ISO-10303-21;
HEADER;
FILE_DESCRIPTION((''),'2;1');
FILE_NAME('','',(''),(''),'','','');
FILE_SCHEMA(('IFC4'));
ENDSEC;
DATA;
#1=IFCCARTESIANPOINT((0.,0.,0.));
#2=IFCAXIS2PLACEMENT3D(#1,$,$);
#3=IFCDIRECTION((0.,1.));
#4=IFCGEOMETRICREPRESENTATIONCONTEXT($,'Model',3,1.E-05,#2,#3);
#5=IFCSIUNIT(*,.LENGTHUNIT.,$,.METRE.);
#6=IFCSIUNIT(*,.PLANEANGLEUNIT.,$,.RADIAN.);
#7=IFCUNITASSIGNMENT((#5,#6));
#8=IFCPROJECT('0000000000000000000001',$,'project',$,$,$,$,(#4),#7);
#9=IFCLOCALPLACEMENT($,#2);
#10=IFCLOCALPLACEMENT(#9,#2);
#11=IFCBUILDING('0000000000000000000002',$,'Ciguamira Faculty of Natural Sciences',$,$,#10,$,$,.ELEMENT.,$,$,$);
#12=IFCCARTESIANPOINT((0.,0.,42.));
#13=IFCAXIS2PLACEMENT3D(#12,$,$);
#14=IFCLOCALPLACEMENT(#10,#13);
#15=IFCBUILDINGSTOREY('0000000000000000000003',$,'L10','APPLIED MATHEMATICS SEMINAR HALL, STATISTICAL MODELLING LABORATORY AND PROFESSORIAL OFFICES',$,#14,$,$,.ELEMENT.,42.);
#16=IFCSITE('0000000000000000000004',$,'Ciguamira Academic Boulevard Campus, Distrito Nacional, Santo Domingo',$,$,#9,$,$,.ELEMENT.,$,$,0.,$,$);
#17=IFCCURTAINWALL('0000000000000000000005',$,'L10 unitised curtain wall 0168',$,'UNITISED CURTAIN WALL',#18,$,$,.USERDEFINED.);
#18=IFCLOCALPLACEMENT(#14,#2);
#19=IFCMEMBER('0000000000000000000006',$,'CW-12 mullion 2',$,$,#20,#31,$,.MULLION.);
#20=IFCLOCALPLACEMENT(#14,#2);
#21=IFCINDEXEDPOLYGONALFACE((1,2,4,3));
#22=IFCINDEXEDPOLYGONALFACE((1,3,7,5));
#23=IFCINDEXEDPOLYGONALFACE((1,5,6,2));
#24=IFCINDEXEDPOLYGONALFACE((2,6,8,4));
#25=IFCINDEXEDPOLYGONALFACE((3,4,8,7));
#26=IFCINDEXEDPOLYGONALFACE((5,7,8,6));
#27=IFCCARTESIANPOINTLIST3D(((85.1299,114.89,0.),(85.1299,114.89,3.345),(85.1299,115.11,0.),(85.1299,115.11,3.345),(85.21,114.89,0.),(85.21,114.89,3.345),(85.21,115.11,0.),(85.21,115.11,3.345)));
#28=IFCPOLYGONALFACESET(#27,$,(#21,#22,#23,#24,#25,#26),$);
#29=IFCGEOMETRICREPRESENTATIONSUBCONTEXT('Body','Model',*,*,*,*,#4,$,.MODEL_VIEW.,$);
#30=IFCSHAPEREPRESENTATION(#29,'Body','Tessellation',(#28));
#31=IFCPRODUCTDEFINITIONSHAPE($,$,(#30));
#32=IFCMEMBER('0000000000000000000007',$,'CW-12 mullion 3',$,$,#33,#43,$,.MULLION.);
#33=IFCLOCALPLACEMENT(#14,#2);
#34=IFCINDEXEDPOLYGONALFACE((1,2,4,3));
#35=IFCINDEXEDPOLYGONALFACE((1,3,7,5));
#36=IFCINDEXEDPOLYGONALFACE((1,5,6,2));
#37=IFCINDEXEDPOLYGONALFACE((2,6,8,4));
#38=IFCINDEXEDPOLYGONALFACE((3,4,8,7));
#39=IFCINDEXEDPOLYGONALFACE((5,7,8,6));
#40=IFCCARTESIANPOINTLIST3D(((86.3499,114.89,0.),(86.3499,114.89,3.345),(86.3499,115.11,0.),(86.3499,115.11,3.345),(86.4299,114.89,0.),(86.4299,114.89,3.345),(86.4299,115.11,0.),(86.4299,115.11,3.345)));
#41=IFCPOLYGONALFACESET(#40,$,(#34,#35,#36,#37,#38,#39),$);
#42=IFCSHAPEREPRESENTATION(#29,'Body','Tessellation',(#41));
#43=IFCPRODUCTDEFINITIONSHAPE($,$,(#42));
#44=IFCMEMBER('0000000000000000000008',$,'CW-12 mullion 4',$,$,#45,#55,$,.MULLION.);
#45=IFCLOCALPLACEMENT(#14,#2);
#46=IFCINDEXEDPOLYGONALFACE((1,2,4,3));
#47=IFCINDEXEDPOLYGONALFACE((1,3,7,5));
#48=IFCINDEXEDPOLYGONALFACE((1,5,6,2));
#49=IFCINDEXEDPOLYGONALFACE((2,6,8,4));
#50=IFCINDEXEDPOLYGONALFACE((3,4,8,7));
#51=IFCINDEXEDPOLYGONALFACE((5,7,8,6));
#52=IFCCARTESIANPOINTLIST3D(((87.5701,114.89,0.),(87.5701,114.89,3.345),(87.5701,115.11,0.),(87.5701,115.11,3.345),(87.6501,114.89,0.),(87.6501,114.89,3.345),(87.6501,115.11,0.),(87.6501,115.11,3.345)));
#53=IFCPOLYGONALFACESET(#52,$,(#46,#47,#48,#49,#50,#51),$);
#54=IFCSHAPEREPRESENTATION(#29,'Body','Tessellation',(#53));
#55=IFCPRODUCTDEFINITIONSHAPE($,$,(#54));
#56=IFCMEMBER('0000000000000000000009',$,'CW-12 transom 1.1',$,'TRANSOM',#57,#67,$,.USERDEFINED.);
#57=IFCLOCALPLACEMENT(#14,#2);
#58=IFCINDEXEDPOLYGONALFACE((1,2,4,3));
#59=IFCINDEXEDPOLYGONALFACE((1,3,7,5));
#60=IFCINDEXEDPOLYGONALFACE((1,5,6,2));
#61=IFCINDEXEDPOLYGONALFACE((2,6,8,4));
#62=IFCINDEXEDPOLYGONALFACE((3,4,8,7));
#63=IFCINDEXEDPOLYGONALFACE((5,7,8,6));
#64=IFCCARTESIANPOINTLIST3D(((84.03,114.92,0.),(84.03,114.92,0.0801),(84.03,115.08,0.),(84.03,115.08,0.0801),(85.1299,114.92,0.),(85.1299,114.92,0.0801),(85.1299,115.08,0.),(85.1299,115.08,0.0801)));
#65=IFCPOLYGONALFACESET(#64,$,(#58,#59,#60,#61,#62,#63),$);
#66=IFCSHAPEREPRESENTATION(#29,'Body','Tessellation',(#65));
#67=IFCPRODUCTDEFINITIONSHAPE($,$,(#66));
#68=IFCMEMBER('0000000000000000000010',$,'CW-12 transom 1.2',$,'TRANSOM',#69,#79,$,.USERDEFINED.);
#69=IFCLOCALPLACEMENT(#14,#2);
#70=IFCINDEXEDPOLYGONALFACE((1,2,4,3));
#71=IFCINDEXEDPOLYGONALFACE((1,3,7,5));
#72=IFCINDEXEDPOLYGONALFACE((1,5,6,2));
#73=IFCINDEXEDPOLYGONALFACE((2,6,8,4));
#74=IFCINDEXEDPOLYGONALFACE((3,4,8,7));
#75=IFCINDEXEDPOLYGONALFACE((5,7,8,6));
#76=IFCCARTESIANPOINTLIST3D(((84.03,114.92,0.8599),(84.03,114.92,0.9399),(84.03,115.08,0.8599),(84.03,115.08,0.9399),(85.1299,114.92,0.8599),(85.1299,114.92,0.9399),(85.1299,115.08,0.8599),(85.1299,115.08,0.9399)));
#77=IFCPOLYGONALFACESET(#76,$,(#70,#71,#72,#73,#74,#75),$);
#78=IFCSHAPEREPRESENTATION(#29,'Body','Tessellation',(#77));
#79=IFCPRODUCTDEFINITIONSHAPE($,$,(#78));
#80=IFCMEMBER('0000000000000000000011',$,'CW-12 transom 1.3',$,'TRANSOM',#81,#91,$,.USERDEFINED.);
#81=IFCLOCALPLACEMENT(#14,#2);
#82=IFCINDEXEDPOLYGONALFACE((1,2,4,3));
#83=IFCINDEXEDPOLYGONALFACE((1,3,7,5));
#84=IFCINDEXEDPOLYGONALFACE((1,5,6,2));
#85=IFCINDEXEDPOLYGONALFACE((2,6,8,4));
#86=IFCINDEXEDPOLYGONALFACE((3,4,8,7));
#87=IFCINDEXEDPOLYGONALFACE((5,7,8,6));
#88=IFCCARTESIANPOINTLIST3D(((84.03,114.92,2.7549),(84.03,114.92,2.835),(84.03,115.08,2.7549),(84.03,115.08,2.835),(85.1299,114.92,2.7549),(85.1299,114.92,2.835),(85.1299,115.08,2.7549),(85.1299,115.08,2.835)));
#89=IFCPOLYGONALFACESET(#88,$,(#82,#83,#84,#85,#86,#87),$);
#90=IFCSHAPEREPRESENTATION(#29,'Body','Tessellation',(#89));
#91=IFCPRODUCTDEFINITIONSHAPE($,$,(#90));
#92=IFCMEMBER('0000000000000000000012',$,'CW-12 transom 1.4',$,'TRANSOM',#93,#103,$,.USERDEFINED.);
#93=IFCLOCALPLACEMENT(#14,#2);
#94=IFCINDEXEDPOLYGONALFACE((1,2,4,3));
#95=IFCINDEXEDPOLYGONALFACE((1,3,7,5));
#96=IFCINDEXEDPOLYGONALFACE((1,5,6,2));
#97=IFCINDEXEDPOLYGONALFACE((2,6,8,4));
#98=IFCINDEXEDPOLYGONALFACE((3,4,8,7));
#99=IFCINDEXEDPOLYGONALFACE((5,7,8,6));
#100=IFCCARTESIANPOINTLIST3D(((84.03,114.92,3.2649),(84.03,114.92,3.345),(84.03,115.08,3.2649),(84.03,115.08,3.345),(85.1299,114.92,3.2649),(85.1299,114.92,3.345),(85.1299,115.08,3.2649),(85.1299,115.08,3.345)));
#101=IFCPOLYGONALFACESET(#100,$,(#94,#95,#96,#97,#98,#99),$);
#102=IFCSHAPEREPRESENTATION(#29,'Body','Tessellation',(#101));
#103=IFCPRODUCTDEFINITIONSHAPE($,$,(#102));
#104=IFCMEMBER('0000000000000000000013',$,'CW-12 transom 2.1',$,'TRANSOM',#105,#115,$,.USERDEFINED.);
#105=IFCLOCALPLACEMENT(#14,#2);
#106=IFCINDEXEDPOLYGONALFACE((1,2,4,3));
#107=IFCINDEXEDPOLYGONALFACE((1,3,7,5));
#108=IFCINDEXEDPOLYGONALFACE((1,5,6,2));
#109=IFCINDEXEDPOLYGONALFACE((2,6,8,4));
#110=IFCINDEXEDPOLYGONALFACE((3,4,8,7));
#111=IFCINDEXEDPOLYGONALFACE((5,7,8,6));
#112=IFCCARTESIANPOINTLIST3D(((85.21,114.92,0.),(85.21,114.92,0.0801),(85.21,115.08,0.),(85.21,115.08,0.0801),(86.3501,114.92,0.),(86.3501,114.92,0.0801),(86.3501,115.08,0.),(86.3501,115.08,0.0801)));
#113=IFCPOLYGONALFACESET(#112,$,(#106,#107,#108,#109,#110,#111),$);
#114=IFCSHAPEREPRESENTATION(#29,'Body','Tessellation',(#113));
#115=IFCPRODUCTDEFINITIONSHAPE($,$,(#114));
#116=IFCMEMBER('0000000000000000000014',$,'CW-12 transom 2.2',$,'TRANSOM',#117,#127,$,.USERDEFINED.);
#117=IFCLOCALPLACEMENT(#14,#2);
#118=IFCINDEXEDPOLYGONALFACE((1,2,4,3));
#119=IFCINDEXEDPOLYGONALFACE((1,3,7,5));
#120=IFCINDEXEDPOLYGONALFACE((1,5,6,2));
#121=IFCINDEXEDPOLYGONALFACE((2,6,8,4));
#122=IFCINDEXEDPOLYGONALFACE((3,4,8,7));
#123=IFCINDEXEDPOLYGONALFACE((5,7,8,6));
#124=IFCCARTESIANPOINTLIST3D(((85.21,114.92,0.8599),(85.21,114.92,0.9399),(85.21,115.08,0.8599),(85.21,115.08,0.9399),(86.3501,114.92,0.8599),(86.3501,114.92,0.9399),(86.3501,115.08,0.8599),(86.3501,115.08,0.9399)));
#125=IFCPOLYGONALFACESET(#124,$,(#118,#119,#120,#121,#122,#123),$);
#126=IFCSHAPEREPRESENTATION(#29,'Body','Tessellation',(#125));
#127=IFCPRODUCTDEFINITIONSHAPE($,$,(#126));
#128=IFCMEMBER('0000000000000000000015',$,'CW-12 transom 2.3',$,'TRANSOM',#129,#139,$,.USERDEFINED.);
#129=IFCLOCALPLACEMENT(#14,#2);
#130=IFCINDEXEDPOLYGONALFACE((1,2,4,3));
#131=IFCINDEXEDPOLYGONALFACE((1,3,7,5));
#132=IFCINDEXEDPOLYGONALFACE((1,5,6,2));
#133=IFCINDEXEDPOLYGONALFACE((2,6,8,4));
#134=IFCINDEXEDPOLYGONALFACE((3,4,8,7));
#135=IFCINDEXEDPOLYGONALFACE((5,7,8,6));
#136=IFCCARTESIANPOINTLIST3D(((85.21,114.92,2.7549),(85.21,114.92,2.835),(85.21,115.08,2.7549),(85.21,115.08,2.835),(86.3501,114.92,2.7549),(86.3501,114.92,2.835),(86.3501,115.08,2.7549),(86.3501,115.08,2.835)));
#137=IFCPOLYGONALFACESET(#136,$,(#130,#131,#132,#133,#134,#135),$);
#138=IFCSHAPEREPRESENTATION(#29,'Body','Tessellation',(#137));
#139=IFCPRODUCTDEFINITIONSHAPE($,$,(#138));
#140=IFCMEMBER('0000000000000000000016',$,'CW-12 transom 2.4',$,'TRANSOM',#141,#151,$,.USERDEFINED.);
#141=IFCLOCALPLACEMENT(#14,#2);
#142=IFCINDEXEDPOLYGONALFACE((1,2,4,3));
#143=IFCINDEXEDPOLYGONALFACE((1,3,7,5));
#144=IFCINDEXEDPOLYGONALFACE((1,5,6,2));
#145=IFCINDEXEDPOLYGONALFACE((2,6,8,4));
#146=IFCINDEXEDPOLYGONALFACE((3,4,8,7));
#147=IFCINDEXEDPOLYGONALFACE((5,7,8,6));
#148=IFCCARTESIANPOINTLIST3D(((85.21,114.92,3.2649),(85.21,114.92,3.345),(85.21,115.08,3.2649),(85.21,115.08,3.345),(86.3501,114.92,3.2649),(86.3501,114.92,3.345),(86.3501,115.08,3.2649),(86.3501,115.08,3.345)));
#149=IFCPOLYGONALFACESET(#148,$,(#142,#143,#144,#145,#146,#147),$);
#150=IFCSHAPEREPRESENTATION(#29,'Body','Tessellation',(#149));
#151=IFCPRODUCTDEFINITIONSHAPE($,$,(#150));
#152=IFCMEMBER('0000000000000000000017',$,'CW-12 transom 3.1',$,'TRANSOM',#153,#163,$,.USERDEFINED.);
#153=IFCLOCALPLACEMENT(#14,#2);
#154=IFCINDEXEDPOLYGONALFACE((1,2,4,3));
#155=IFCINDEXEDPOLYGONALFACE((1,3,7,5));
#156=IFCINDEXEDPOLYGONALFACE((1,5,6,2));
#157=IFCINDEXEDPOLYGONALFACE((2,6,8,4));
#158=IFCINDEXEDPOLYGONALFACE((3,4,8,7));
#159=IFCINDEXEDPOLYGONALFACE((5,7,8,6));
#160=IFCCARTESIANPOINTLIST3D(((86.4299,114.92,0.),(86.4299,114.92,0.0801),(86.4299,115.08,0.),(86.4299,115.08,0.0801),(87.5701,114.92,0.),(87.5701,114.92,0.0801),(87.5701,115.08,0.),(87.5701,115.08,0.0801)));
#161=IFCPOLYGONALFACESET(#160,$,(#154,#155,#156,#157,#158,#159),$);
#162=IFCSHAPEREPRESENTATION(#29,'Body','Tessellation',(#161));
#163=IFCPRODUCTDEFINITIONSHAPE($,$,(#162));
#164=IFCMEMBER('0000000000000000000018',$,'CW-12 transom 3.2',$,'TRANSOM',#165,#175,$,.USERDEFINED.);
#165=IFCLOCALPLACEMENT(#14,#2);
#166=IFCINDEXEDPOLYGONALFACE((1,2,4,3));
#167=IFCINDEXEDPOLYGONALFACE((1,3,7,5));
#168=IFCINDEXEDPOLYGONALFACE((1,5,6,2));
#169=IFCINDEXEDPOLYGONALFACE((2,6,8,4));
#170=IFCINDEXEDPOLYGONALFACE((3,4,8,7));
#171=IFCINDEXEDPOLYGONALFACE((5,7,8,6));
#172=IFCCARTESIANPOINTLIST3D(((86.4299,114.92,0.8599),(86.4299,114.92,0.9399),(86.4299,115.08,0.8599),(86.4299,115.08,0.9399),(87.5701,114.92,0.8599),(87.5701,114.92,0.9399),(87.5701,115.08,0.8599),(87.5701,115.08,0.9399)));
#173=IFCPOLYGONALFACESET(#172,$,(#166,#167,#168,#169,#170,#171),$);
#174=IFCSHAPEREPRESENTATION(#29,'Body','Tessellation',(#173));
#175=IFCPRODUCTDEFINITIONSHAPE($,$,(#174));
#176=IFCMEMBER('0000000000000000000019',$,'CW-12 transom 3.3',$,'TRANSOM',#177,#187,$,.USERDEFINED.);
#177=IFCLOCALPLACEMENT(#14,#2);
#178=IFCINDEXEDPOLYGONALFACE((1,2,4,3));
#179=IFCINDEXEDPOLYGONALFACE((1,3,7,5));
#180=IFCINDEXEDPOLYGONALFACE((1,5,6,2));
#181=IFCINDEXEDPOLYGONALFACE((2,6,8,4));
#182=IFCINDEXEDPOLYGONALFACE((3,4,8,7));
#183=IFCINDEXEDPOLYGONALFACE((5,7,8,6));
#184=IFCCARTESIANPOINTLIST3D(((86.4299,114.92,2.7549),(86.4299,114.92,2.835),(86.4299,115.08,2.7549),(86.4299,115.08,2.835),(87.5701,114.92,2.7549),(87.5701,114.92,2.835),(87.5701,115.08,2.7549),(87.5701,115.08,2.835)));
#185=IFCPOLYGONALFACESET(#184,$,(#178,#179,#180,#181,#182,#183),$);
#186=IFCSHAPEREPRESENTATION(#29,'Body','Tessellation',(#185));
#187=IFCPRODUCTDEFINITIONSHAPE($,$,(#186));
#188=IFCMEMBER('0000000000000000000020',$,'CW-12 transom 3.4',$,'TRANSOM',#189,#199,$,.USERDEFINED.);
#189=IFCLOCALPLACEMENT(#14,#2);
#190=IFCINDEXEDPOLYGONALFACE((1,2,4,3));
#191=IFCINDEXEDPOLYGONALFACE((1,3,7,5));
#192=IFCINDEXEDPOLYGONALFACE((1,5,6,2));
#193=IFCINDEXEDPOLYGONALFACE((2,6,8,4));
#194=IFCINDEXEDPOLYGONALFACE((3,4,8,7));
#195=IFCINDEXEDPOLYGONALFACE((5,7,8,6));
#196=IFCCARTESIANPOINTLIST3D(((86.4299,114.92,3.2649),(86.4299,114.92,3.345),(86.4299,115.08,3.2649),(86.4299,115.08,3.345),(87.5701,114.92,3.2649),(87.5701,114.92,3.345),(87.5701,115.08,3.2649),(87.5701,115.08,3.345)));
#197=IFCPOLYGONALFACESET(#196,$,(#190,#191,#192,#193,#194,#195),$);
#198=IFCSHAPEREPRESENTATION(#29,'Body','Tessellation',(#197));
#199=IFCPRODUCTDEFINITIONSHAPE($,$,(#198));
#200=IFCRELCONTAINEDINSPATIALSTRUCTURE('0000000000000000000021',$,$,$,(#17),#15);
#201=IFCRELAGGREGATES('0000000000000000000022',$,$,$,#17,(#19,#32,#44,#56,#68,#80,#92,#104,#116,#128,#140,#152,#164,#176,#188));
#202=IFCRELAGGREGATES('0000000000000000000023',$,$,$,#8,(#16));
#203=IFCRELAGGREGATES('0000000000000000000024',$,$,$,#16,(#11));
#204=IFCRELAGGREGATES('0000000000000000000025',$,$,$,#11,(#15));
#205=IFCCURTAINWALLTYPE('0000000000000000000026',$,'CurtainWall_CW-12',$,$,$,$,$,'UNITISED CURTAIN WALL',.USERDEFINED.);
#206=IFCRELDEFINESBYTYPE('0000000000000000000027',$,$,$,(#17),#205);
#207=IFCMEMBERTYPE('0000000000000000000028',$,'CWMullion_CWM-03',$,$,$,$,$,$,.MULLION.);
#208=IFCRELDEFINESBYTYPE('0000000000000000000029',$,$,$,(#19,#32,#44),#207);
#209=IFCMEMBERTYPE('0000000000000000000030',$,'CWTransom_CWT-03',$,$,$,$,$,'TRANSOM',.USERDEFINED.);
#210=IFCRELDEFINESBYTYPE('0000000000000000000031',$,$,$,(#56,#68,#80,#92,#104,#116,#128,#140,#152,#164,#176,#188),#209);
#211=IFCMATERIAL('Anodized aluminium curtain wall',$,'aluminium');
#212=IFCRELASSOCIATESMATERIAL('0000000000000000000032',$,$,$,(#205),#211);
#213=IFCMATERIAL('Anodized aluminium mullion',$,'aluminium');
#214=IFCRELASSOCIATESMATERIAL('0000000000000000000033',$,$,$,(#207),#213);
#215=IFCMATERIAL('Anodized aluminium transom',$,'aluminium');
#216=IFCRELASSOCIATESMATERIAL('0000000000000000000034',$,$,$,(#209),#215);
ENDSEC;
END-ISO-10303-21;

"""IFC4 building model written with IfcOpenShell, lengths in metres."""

from ifc_helpers import new_model, si_unit, direction, frame, origin, origin_2d, place, context, subcontext, project, spatial, rectangle, extrude, material, material_profile, profile_set, type_object, element, aggregate, save


model = new_model("IFC4")

# Units and contexts
model_context = context("Model", 3, precision=1e-05, world=origin(), true_north=direction((0.0, 1.0)))
body_context = subcontext(model_context, "Body", "Model", "MODEL_VIEW")
ifc_project = project(units=[si_unit("LENGTHUNIT", "METRE"), si_unit("PLANEANGLEUNIT", "RADIAN")], contexts=[model_context])

# Site, building, storey
site_placement = place(None, origin())
site = spatial("IfcSite", under=ifc_project, at=site_placement, Name="Ciguamira Academic Boulevard Campus, Distrito Nacional, Santo Domingo", CompositionType="ELEMENT", RefElevation=0.0)
building_placement = place(site_placement, origin())
building = spatial("IfcBuilding", under=site, at=building_placement, Name="Ciguamira Faculty of Natural Sciences", CompositionType="ELEMENT")
storey_placement = place(building_placement, frame((0.0, 0.0, 42.0)))
storey = spatial("IfcBuildingStorey", under=building, at=storey_placement, Name="L10", Description="APPLIED MATHEMATICS SEMINAR HALL, STATISTICAL MODELLING LABORATORY AND PROFESSORIAL OFFICES", CompositionType="ELEMENT", Elevation=42.0)

# Curtain wall, members
ifc_material_1 = material(Name="Anodized aluminium curtain wall", Category="aluminium")
curtain_wall_type = type_object("IfcCurtainWallType", Name="CurtainWall_CW-12", ElementType="UNITISED CURTAIN WALL", PredefinedType="USERDEFINED", material=ifc_material_1)
curtain_wall_placement = place(storey_placement, origin())
curtain_wall = element("IfcCurtainWall", 1, at=curtain_wall_placement, inside=storey, type_object=curtain_wall_type, Name="L10 unitised curtain wall 0168", ObjectType="UNITISED CURTAIN WALL", PredefinedType="USERDEFINED")
ifc_material_2 = material(Name="Anodized aluminium mullion", Category="aluminium")
ifc_material_profile_1 = material_profile(ifc_material_2, rectangle(XDim=0.0801, YDim=0.22, at=origin_2d()), Name="ALU-MUL-80X220")
ifc_profile_set_1 = profile_set([ifc_material_profile_1], Name="Anodized aluminium mullion")
member_type_1 = type_object("IfcMemberType", Name="CWMullion_CWM-03", PredefinedType="MULLION", material=ifc_profile_set_1)
member_1_placement = place(storey_placement, frame((85.1699, 115.0, 0.0), z_axis=(0.0, 0.0, 1.0), x_axis=(1.0, 0.0, 0.0)))
member_1 = element("IfcMember", 2, at=member_1_placement, type_object=member_type_1, Name="CW-12 mullion 2", PredefinedType="MULLION", context=body_context, shape_type="SweptSolid", body=[
    extrude(rectangle(XDim=0.0801, YDim=0.22, at=origin_2d()), origin(), (0.0, 0.0, 1.0), 3.345),
])
member_2_placement = place(storey_placement, frame((86.3899, 115.0, 0.0), z_axis=(0.0, 0.0, 1.0), x_axis=(1.0, 0.0, 0.0)))
member_2 = element("IfcMember", 3, at=member_2_placement, type_object=member_type_1, Name="CW-12 mullion 3", PredefinedType="MULLION", context=body_context, shape_type="SweptSolid", body=[
    extrude(rectangle(XDim=0.0801, YDim=0.22, at=origin_2d()), origin(), (0.0, 0.0, 1.0), 3.345),
])
member_3_placement = place(storey_placement, frame((87.6101, 115.0, 0.0), z_axis=(0.0, 0.0, 1.0), x_axis=(1.0, 0.0, 0.0)))
member_3 = element("IfcMember", 4, at=member_3_placement, type_object=member_type_1, Name="CW-12 mullion 4", PredefinedType="MULLION", context=body_context, shape_type="SweptSolid", body=[
    extrude(rectangle(XDim=0.0801, YDim=0.22, at=origin_2d()), origin(), (0.0, 0.0, 1.0), 3.345),
])
ifc_material_3 = material(Name="Anodized aluminium transom", Category="aluminium")
ifc_material_profile_2 = material_profile(ifc_material_3, rectangle(XDim=0.0801, YDim=0.1599, at=origin_2d()), Name="ALU-TRN-80X160")
ifc_profile_set_2 = profile_set([ifc_material_profile_2], Name="Anodized aluminium transom")
member_type_2 = type_object("IfcMemberType", Name="CWTransom_CWT-03", ElementType="TRANSOM", PredefinedType="USERDEFINED", material=ifc_profile_set_2)
member_4_placement = place(storey_placement, frame((84.03, 115.0, 0.04), z_axis=(1.0, 0.0, 0.0), x_axis=(0.0, 0.0, 1.0)))
member_4 = element("IfcMember", 5, at=member_4_placement, type_object=member_type_2, Name="CW-12 transom 1.1", ObjectType="TRANSOM", PredefinedType="USERDEFINED", context=body_context, shape_type="SweptSolid", body=[
    extrude(rectangle(XDim=0.0801, YDim=0.1599, at=origin_2d()), origin(), (0.0, 0.0, 1.0), 1.0999),
])
member_5_placement = place(storey_placement, frame((84.03, 115.0, 0.8999), z_axis=(1.0, 0.0, 0.0), x_axis=(0.0, 0.0, 1.0)))
member_5 = element("IfcMember", 6, at=member_5_placement, type_object=member_type_2, Name="CW-12 transom 1.2", ObjectType="TRANSOM", PredefinedType="USERDEFINED", context=body_context, shape_type="SweptSolid", body=[
    extrude(rectangle(XDim=0.0801, YDim=0.1599, at=origin_2d()), origin(), (0.0, 0.0, 1.0), 1.0999),
])
member_6_placement = place(storey_placement, frame((84.03, 115.0, 2.7949), z_axis=(1.0, 0.0, 0.0), x_axis=(0.0, 0.0, 1.0)))
member_6 = element("IfcMember", 7, at=member_6_placement, type_object=member_type_2, Name="CW-12 transom 1.3", ObjectType="TRANSOM", PredefinedType="USERDEFINED", context=body_context, shape_type="SweptSolid", body=[
    extrude(rectangle(XDim=0.0801, YDim=0.1599, at=origin_2d()), origin(), (0.0, 0.0, 1.0), 1.0999),
])
member_7_placement = place(storey_placement, frame((84.03, 115.0, 3.3049), z_axis=(1.0, 0.0, 0.0), x_axis=(0.0, 0.0, 1.0)))
member_7 = element("IfcMember", 8, at=member_7_placement, type_object=member_type_2, Name="CW-12 transom 1.4", ObjectType="TRANSOM", PredefinedType="USERDEFINED", context=body_context, shape_type="SweptSolid", body=[
    extrude(rectangle(XDim=0.0801, YDim=0.1599, at=origin_2d()), origin(), (0.0, 0.0, 1.0), 1.0999),
])
member_8_placement = place(storey_placement, frame((85.21, 115.0, 0.04), z_axis=(1.0, 0.0, 0.0), x_axis=(0.0, 0.0, 1.0)))
member_8 = element("IfcMember", 9, at=member_8_placement, type_object=member_type_2, Name="CW-12 transom 2.1", ObjectType="TRANSOM", PredefinedType="USERDEFINED", context=body_context, shape_type="SweptSolid", body=[
    extrude(rectangle(XDim=0.0801, YDim=0.1599, at=origin_2d()), origin(), (0.0, 0.0, 1.0), 1.1401),
])
member_9_placement = place(storey_placement, frame((85.21, 115.0, 0.8999), z_axis=(1.0, 0.0, 0.0), x_axis=(0.0, 0.0, 1.0)))
member_9 = element("IfcMember", 10, at=member_9_placement, type_object=member_type_2, Name="CW-12 transom 2.2", ObjectType="TRANSOM", PredefinedType="USERDEFINED", context=body_context, shape_type="SweptSolid", body=[
    extrude(rectangle(XDim=0.0801, YDim=0.1599, at=origin_2d()), origin(), (0.0, 0.0, 1.0), 1.1401),
])
member_10_placement = place(storey_placement, frame((85.21, 115.0, 2.7949), z_axis=(1.0, 0.0, 0.0), x_axis=(0.0, 0.0, 1.0)))
member_10 = element("IfcMember", 11, at=member_10_placement, type_object=member_type_2, Name="CW-12 transom 2.3", ObjectType="TRANSOM", PredefinedType="USERDEFINED", context=body_context, shape_type="SweptSolid", body=[
    extrude(rectangle(XDim=0.0801, YDim=0.1599, at=origin_2d()), origin(), (0.0, 0.0, 1.0), 1.1401),
])
member_11_placement = place(storey_placement, frame((85.21, 115.0, 3.3049), z_axis=(1.0, 0.0, 0.0), x_axis=(0.0, 0.0, 1.0)))
member_11 = element("IfcMember", 12, at=member_11_placement, type_object=member_type_2, Name="CW-12 transom 2.4", ObjectType="TRANSOM", PredefinedType="USERDEFINED", context=body_context, shape_type="SweptSolid", body=[
    extrude(rectangle(XDim=0.0801, YDim=0.1599, at=origin_2d()), origin(), (0.0, 0.0, 1.0), 1.1401),
])
member_12_placement = place(storey_placement, frame((86.4299, 115.0, 0.04), z_axis=(1.0, 0.0, 0.0), x_axis=(0.0, 0.0, 1.0)))
member_12 = element("IfcMember", 13, at=member_12_placement, type_object=member_type_2, Name="CW-12 transom 3.1", ObjectType="TRANSOM", PredefinedType="USERDEFINED", context=body_context, shape_type="SweptSolid", body=[
    extrude(rectangle(XDim=0.0801, YDim=0.1599, at=origin_2d()), origin(), (0.0, 0.0, 1.0), 1.1401),
])
member_13_placement = place(storey_placement, frame((86.4299, 115.0, 0.8999), z_axis=(1.0, 0.0, 0.0), x_axis=(0.0, 0.0, 1.0)))
member_13 = element("IfcMember", 14, at=member_13_placement, type_object=member_type_2, Name="CW-12 transom 3.2", ObjectType="TRANSOM", PredefinedType="USERDEFINED", context=body_context, shape_type="SweptSolid", body=[
    extrude(rectangle(XDim=0.0801, YDim=0.1599, at=origin_2d()), origin(), (0.0, 0.0, 1.0), 1.1401),
])
member_14_placement = place(storey_placement, frame((86.4299, 115.0, 2.7949), z_axis=(1.0, 0.0, 0.0), x_axis=(0.0, 0.0, 1.0)))
member_14 = element("IfcMember", 15, at=member_14_placement, type_object=member_type_2, Name="CW-12 transom 3.3", ObjectType="TRANSOM", PredefinedType="USERDEFINED", context=body_context, shape_type="SweptSolid", body=[
    extrude(rectangle(XDim=0.0801, YDim=0.1599, at=origin_2d()), origin(), (0.0, 0.0, 1.0), 1.1401),
])
member_15_placement = place(storey_placement, frame((86.4299, 115.0, 3.3049), z_axis=(1.0, 0.0, 0.0), x_axis=(0.0, 0.0, 1.0)))
member_15 = element("IfcMember", 16, at=member_15_placement, type_object=member_type_2, Name="CW-12 transom 3.4", ObjectType="TRANSOM", PredefinedType="USERDEFINED", context=body_context, shape_type="SweptSolid", body=[
    extrude(rectangle(XDim=0.0801, YDim=0.1599, at=origin_2d()), origin(), (0.0, 0.0, 1.0), 1.1401),
])
aggregate(curtain_wall, [member_1, member_2, member_3, member_4, member_5, member_6, member_7, member_8, member_9, member_10, member_11, member_12, member_13, member_14, member_15])

save(model, "model.ifc")
